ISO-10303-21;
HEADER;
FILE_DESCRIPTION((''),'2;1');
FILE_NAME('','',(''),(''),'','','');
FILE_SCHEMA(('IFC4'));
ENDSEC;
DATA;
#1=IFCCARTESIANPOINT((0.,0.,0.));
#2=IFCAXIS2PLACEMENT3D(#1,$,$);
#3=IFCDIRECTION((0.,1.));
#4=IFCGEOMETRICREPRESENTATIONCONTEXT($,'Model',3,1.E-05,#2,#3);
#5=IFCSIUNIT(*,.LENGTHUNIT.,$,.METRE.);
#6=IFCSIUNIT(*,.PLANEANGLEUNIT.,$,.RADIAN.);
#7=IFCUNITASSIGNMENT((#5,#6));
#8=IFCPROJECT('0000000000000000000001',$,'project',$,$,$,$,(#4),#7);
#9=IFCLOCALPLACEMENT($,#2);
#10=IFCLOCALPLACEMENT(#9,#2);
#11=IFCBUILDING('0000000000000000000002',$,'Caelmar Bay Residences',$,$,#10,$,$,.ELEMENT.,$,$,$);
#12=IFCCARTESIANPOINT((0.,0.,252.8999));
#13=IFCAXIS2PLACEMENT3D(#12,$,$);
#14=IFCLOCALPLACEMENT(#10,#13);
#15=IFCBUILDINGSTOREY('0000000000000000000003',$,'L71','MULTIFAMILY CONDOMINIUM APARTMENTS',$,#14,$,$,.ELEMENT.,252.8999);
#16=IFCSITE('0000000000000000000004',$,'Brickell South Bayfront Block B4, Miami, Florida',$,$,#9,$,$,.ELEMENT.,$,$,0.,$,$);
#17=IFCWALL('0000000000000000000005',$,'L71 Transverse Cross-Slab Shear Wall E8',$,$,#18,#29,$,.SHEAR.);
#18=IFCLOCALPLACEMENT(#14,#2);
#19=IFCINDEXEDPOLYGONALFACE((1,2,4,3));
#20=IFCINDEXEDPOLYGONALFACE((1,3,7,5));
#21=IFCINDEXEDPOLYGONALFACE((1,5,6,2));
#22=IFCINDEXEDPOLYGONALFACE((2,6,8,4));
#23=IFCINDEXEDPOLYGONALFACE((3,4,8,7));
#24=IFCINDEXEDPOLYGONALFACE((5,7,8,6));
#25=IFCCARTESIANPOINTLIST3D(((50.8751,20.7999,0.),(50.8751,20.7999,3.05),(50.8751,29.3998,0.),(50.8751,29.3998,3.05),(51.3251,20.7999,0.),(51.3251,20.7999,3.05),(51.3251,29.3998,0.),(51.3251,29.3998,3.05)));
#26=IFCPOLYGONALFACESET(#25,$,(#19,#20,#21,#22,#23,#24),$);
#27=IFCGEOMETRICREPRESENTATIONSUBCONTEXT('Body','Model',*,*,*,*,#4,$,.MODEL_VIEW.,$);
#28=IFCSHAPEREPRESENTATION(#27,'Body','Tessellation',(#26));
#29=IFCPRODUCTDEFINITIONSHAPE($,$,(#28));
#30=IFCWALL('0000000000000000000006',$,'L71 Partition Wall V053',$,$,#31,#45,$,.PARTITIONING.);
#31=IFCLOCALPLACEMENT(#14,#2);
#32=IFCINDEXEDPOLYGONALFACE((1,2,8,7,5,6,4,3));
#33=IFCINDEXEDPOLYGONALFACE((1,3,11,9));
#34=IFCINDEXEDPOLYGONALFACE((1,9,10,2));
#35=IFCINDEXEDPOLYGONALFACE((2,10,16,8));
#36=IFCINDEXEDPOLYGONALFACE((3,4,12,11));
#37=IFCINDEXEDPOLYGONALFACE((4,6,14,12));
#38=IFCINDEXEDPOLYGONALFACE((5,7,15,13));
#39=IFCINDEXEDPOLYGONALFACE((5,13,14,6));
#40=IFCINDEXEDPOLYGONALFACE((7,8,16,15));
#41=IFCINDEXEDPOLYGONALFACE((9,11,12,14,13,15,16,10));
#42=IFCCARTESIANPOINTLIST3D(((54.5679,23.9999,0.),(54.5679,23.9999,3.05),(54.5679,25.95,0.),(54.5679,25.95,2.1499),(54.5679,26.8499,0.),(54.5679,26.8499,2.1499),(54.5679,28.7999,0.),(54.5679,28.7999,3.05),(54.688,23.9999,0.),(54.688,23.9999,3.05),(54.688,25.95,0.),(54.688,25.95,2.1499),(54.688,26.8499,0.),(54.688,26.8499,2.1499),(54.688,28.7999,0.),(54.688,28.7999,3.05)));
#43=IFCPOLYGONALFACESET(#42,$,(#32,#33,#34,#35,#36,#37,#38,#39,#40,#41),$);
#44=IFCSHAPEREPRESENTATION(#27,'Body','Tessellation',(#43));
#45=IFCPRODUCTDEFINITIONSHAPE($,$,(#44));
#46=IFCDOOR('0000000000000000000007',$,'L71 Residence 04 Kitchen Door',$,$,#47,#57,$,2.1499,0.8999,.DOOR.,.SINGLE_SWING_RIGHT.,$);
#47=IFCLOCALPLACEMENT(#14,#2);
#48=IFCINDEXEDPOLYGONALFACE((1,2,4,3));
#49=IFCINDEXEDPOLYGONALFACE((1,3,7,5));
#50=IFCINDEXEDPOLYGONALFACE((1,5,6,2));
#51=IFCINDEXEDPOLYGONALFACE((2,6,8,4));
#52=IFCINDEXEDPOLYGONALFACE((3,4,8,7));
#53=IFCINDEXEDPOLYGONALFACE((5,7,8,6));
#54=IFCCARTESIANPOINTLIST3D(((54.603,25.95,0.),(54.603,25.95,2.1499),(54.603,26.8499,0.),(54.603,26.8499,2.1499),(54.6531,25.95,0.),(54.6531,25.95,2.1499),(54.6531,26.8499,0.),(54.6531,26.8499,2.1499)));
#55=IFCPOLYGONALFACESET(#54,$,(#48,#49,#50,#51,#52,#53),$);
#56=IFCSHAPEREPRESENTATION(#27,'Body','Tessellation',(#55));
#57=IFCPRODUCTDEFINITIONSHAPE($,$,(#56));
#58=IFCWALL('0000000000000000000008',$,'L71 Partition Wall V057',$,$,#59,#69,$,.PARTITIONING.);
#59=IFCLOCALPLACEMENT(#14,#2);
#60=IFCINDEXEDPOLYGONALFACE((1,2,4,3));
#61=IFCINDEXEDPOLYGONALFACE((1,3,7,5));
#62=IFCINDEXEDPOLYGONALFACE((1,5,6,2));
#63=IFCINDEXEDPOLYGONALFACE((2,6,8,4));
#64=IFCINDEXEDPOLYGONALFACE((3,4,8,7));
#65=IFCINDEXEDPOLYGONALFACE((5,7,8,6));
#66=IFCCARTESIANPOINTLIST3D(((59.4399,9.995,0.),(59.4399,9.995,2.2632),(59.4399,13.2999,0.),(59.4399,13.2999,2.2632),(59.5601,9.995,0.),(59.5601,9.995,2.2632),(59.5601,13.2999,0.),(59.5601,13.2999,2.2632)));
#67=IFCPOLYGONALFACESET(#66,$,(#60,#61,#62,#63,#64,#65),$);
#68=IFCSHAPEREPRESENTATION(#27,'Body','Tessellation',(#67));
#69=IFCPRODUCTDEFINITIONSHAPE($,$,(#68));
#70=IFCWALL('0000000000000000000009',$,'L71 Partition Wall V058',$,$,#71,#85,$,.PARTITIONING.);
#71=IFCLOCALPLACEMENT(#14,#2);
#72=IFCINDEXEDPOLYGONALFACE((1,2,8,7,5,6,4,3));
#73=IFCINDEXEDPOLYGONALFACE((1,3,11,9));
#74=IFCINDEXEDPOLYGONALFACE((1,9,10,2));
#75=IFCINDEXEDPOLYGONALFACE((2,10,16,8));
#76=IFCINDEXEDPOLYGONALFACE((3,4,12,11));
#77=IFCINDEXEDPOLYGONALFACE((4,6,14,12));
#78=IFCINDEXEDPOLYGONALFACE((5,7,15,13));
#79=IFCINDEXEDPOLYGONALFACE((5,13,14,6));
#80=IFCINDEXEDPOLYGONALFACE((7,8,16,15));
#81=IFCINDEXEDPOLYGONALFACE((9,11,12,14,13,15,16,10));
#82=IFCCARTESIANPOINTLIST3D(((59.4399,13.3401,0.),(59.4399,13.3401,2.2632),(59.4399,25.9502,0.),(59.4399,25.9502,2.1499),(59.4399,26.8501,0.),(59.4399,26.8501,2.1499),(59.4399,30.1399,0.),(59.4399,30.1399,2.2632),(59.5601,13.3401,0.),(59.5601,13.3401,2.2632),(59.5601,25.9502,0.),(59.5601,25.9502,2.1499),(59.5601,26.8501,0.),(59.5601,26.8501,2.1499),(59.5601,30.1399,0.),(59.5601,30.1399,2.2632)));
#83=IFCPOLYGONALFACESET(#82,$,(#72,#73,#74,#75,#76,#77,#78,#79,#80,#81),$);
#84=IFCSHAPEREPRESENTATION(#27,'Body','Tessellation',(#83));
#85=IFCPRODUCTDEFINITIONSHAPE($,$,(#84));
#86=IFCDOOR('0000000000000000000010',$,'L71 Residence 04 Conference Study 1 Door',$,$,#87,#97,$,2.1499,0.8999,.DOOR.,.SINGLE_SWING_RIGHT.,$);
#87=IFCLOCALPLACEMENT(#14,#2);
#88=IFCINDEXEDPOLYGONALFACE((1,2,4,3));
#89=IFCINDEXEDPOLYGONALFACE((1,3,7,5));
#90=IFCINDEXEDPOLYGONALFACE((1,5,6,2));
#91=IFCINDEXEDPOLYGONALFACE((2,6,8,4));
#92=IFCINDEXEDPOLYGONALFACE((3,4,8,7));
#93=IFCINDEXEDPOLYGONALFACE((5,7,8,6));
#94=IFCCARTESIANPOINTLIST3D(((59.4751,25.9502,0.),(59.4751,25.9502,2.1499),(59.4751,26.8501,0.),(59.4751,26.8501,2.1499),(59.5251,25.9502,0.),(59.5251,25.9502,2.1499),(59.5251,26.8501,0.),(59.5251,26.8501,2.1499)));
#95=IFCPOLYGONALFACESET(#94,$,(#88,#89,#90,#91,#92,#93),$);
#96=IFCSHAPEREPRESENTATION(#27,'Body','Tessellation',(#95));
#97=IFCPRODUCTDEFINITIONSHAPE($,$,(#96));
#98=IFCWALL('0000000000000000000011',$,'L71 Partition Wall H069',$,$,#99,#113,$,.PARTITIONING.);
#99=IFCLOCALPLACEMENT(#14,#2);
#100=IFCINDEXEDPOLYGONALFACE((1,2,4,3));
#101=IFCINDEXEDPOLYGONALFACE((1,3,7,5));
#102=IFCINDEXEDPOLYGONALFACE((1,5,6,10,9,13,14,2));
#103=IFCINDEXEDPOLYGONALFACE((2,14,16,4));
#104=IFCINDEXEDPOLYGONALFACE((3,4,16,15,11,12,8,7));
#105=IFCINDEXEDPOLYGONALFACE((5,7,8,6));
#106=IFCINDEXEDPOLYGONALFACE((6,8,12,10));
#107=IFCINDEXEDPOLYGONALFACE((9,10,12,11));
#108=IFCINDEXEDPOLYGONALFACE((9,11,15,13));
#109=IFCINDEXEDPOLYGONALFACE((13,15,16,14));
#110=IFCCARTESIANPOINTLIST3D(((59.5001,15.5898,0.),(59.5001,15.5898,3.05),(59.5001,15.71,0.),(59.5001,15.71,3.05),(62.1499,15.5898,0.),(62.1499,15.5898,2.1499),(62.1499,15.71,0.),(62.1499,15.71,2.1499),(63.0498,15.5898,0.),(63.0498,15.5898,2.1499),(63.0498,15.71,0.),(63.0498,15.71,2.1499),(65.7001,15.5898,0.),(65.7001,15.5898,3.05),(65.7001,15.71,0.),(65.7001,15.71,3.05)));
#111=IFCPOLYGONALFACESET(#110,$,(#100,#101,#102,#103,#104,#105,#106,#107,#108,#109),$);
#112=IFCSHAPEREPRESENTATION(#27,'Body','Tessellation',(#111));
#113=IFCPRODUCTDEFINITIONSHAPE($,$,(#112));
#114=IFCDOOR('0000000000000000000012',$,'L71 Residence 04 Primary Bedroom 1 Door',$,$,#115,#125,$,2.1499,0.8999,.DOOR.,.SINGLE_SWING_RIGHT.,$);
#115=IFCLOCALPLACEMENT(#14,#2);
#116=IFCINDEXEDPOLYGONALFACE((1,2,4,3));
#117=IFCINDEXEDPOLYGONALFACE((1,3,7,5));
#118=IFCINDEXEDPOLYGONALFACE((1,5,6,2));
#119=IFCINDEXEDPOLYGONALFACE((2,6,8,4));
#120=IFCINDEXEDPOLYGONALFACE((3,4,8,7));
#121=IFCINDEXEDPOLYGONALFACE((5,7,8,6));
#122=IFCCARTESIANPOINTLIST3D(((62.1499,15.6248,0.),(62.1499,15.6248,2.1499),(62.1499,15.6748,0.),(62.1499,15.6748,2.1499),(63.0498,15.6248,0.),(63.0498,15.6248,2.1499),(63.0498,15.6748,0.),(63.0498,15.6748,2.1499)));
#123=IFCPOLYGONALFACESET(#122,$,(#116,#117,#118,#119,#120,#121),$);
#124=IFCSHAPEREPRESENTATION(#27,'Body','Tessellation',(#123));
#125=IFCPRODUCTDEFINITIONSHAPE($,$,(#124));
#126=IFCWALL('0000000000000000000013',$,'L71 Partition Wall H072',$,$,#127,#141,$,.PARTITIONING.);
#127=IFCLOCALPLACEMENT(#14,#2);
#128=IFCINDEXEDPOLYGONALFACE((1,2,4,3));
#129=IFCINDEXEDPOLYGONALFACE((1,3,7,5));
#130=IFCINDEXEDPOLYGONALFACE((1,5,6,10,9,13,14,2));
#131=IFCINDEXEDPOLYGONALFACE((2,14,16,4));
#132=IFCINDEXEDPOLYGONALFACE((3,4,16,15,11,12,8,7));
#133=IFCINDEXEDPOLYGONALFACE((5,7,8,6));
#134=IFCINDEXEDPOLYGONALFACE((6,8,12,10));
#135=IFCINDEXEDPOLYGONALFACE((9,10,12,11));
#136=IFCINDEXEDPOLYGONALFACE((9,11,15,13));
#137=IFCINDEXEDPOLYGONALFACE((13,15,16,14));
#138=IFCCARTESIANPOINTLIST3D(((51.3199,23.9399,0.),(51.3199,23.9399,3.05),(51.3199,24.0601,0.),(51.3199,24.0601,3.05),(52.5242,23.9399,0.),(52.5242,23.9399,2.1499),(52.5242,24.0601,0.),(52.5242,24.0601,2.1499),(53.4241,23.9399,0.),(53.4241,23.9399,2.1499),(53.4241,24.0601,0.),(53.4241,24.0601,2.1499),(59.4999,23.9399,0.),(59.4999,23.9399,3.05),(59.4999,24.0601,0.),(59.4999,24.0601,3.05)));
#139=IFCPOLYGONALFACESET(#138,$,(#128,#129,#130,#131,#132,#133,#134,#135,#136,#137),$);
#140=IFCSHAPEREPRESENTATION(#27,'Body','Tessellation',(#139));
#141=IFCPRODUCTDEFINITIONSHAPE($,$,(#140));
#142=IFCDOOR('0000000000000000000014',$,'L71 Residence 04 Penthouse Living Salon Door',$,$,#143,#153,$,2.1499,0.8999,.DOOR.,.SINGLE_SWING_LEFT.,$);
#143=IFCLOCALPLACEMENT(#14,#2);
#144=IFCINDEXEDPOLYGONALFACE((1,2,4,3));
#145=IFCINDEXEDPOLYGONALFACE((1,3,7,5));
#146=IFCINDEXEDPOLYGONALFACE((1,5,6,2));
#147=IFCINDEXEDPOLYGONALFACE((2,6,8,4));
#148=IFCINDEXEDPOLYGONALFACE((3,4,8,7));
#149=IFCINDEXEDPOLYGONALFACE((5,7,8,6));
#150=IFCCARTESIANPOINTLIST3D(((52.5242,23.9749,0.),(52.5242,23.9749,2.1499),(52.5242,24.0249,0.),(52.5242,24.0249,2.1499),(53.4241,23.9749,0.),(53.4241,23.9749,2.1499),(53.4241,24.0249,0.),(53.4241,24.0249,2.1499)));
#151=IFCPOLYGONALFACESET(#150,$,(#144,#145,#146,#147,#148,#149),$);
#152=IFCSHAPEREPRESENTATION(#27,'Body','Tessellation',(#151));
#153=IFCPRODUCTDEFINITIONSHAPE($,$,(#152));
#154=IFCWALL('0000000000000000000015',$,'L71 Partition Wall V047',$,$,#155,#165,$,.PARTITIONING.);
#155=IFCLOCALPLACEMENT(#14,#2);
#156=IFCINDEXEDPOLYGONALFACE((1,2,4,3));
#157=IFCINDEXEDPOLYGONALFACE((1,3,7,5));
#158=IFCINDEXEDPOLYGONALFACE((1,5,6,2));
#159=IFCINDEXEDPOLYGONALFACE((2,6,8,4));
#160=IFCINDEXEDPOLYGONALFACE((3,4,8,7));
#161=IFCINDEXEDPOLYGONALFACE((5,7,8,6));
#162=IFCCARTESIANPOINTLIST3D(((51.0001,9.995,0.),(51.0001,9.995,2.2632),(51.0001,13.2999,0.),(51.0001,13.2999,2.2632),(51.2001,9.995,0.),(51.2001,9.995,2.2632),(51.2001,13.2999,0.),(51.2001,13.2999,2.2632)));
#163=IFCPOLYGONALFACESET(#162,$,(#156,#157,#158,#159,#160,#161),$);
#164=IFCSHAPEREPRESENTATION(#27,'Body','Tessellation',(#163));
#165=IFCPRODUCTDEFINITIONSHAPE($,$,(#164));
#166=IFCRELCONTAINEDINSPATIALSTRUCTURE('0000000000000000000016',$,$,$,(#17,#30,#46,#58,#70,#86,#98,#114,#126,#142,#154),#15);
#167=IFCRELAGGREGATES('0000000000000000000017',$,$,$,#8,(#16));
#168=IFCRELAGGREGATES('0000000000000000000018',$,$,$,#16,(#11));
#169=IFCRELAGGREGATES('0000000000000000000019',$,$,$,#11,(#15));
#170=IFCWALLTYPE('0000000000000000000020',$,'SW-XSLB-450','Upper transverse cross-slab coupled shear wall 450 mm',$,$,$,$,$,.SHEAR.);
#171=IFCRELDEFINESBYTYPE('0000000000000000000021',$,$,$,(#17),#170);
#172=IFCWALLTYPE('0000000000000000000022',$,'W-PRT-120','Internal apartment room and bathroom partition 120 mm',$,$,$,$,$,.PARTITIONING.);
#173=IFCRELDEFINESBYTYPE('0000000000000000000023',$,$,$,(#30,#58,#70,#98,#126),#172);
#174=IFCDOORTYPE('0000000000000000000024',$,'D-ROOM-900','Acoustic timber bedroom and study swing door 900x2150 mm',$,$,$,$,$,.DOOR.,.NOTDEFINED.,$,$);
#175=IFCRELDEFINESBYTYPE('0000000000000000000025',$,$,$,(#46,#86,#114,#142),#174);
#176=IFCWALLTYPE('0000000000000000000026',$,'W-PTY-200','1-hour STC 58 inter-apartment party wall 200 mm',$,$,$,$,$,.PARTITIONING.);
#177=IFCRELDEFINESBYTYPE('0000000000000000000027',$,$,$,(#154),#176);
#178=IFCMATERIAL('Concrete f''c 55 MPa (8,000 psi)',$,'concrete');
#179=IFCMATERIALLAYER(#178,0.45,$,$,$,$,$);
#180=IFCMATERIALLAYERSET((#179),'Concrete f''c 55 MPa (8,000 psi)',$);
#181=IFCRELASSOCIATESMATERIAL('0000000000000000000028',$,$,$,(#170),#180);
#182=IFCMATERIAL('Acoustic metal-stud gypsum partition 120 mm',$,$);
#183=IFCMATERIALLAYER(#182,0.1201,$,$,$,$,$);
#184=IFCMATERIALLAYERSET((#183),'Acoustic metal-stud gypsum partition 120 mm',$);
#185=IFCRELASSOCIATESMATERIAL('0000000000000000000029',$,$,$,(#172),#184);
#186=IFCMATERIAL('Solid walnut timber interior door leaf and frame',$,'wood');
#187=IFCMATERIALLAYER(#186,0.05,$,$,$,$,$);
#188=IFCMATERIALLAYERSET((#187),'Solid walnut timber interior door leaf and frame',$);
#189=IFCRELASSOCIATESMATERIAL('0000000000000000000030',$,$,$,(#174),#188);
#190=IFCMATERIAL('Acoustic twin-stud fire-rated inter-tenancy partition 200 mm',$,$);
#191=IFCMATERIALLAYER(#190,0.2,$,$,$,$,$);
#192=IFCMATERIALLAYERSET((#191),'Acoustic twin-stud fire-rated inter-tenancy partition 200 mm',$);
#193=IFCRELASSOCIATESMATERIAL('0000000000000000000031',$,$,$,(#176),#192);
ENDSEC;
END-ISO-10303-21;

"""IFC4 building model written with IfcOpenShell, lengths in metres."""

from ifc_helpers import new_model, si_unit, direction, frame, frame_2d, origin, place, context, subcontext, project, spatial, rectangle, extrude, material, layer, layer_set, type_object, element, fill, save


model = new_model("IFC4")

# Units and contexts
model_context = context("Model", 3, precision=1e-05, world=origin(), true_north=direction((0.0, 1.0)))
body_context = subcontext(model_context, "Body", "Model", "MODEL_VIEW")
ifc_project = project(units=[si_unit("LENGTHUNIT", "METRE"), si_unit("PLANEANGLEUNIT", "RADIAN")], contexts=[model_context])

# Site, building, storey
site_placement = place(None, origin())
site = spatial("IfcSite", under=ifc_project, at=site_placement, Name="Brickell South Bayfront Block B4, Miami, Florida", CompositionType="ELEMENT", RefElevation=0.0)
building_placement = place(site_placement, origin())
building = spatial("IfcBuilding", under=site, at=building_placement, Name="Caelmar Bay Residences", CompositionType="ELEMENT")
storey_placement = place(building_placement, frame((0.0, 0.0, 252.8999)))
storey = spatial("IfcBuildingStorey", under=building, at=storey_placement, Name="L71", Description="MULTIFAMILY CONDOMINIUM APARTMENTS", CompositionType="ELEMENT", Elevation=252.8999)

# Shared definitions
ifc_material_1 = material(Name="Concrete f'c 55 MPa (8,000 psi)", Category="concrete")

# Wall
ifc_layer_1 = layer(ifc_material_1, 0.45)
ifc_layer_set_1 = layer_set([ifc_layer_1], Name="Concrete f'c 55 MPa (8,000 psi)")
wall_type_1 = type_object("IfcWallType", Name="SW-XSLB-450", Description="Upper transverse cross-slab coupled shear wall 450 mm", PredefinedType="SHEAR", material=ifc_layer_set_1)
wall_1_placement = place(storey_placement, frame((51.1001, 20.8, 0.0), z_axis=(0.0, 0.0, 1.0), x_axis=(0.0, 1.0, 0.0)))
element("IfcWall", 1, at=wall_1_placement, inside=storey, type_object=wall_type_1, Name="L71 Transverse Cross-Slab Shear Wall E8", PredefinedType="SHEAR", context=body_context, shape_type="SweptSolid", body=[
    extrude(rectangle(XDim=8.5999, YDim=0.45, at=frame_2d((4.2998, 0.0))), origin(), (0.0, 0.0, 1.0), 3.05),
])

# Wall, opening, door
ifc_material_2 = material(Name="Acoustic metal-stud gypsum partition 120 mm")
ifc_layer_2 = layer(ifc_material_2, 0.1201)
ifc_layer_set_2 = layer_set([ifc_layer_2], Name="Acoustic metal-stud gypsum partition 120 mm")
wall_type_2 = type_object("IfcWallType", Name="W-PRT-120", Description="Internal apartment room and bathroom partition 120 mm", PredefinedType="PARTITIONING", material=ifc_layer_set_2)
wall_2_placement = place(storey_placement, frame((54.6279, 24.0, 0.0), z_axis=(0.0, 0.0, 1.0), x_axis=(0.0, 1.0, 0.0)))
wall_2 = element("IfcWall", 2, at=wall_2_placement, inside=storey, type_object=wall_type_2, Name="L71 Partition Wall V053", PredefinedType="PARTITIONING", context=body_context, shape_type="SweptSolid", body=[
    extrude(rectangle(XDim=4.8, YDim=0.1201, at=frame_2d((2.3999, 0.0))), origin(), (0.0, 0.0, 1.0), 3.05),
])
opening_1_placement = place(wall_2_placement, frame((1.95, 0.0, 0.0)))
opening_1 = element("IfcOpeningElement", 3, at=opening_1_placement, cuts=wall_2, PredefinedType="OPENING", context=body_context, shape_type="SweptSolid", body=[
    extrude(rectangle(XDim=0.8999, YDim=2.1499, at=frame_2d((0.45, 1.075))), frame((0.0, 0.0701, 0.0), z_axis=(0.0, -1.0, 0.0), x_axis=(1.0, 0.0, 0.0)), (0.0, 0.0, 1.0), 0.1401),
])
ifc_material_3 = material(Name="Solid walnut timber interior door leaf and frame", Category="wood")
ifc_layer_3 = layer(ifc_material_3, 0.05)
ifc_layer_set_3 = layer_set([ifc_layer_3], Name="Solid walnut timber interior door leaf and frame")
door_type = type_object("IfcDoorType", Name="D-ROOM-900", Description="Acoustic timber bedroom and study swing door 900x2150 mm", OperationType="NOTDEFINED", PredefinedType="DOOR", material=ifc_layer_set_3)
door_1_placement = place(opening_1_placement, origin())
door_1 = element("IfcDoor", 4, at=door_1_placement, inside=storey, type_object=door_type, Name="L71 Residence 04 Kitchen Door", OperationType="SINGLE_SWING_RIGHT", OverallHeight=2.1499, OverallWidth=0.8999, PredefinedType="DOOR", context=body_context, shape_type="SweptSolid", body=[
    extrude(rectangle(XDim=0.8999, YDim=2.1499, at=frame_2d((0.45, 1.075))), frame((0.0, 0.0249, 0.0), z_axis=(0.0, -1.0, 0.0), x_axis=(1.0, 0.0, 0.0)), (0.0, 0.0, 1.0), 0.05),
])
fill(opening_1, door_1)

# Wall
wall_3_placement = place(storey_placement, frame((59.5, 9.9951, 0.0), z_axis=(0.0, 0.0, 1.0), x_axis=(0.0, 1.0, 0.0)))
element("IfcWall", 5, at=wall_3_placement, inside=storey, type_object=wall_type_2, Name="L71 Partition Wall V057", PredefinedType="PARTITIONING", context=body_context, shape_type="SweptSolid", body=[
    extrude(rectangle(XDim=3.3049, YDim=0.1201, at=frame_2d((1.6523, 0.0))), origin(), (0.0, 0.0, 1.0), 2.2632),
])

# Walls, openings, doors
wall_4_placement = place(storey_placement, frame((59.5, 13.3401, 0.0), z_axis=(0.0, 0.0, 1.0), x_axis=(0.0, 1.0, 0.0)))
wall_4 = element("IfcWall", 6, at=wall_4_placement, inside=storey, type_object=wall_type_2, Name="L71 Partition Wall V058", PredefinedType="PARTITIONING", context=body_context, shape_type="SweptSolid", body=[
    extrude(rectangle(XDim=16.7998, YDim=0.1201, at=frame_2d((8.3999, 0.0))), origin(), (0.0, 0.0, 1.0), 2.2632),
])
opening_2_placement = place(wall_4_placement, frame((12.6101, 0.0, 0.0)))
opening_2 = element("IfcOpeningElement", 7, at=opening_2_placement, cuts=wall_4, PredefinedType="OPENING", context=body_context, shape_type="SweptSolid", body=[
    extrude(rectangle(XDim=0.8999, YDim=2.1499, at=frame_2d((0.45, 1.075))), frame((0.0, 0.0701, 0.0), z_axis=(0.0, -1.0, 0.0), x_axis=(1.0, 0.0, 0.0)), (0.0, 0.0, 1.0), 0.1401),
])
door_2_placement = place(opening_2_placement, origin())
door_2 = element("IfcDoor", 8, at=door_2_placement, inside=storey, type_object=door_type, Name="L71 Residence 04 Conference Study 1 Door", OperationType="SINGLE_SWING_RIGHT", OverallHeight=2.1499, OverallWidth=0.8999, PredefinedType="DOOR", context=body_context, shape_type="SweptSolid", body=[
    extrude(rectangle(XDim=0.8999, YDim=2.1499, at=frame_2d((0.45, 1.075))), frame((0.0, 0.0249, 0.0), z_axis=(0.0, -1.0, 0.0), x_axis=(1.0, 0.0, 0.0)), (0.0, 0.0, 1.0), 0.05),
])
fill(opening_2, door_2)
wall_5_placement = place(storey_placement, frame((59.5, 15.6499, 0.0), z_axis=(0.0, 0.0, 1.0), x_axis=(1.0, 0.0, 0.0)))
wall_5 = element("IfcWall", 9, at=wall_5_placement, inside=storey, type_object=wall_type_2, Name="L71 Partition Wall H069", PredefinedType="PARTITIONING", context=body_context, shape_type="SweptSolid", body=[
    extrude(rectangle(XDim=6.2, YDim=0.1201, at=frame_2d((3.1001, 0.0))), origin(), (0.0, 0.0, 1.0), 3.05),
])
opening_3_placement = place(wall_5_placement, frame((2.6499, 0.0, 0.0)))
opening_3 = element("IfcOpeningElement", 10, at=opening_3_placement, cuts=wall_5, PredefinedType="OPENING", context=body_context, shape_type="SweptSolid", body=[
    extrude(rectangle(XDim=0.8999, YDim=2.1499, at=frame_2d((0.45, 1.075))), frame((0.0, 0.0701, 0.0), z_axis=(0.0, -1.0, 0.0), x_axis=(1.0, 0.0, 0.0)), (0.0, 0.0, 1.0), 0.1401),
])
door_3_placement = place(opening_3_placement, origin())
door_3 = element("IfcDoor", 11, at=door_3_placement, inside=storey, type_object=door_type, Name="L71 Residence 04 Primary Bedroom 1 Door", OperationType="SINGLE_SWING_RIGHT", OverallHeight=2.1499, OverallWidth=0.8999, PredefinedType="DOOR", context=body_context, shape_type="SweptSolid", body=[
    extrude(rectangle(XDim=0.8999, YDim=2.1499, at=frame_2d((0.45, 1.075))), frame((0.0, 0.0249, 0.0), z_axis=(0.0, -1.0, 0.0), x_axis=(1.0, 0.0, 0.0)), (0.0, 0.0, 1.0), 0.05),
])
fill(opening_3, door_3)
wall_6_placement = place(storey_placement, frame((51.3201, 24.0, 0.0), z_axis=(0.0, 0.0, 1.0), x_axis=(1.0, 0.0, 0.0)))
wall_6 = element("IfcWall", 12, at=wall_6_placement, inside=storey, type_object=wall_type_2, Name="L71 Partition Wall H072", PredefinedType="PARTITIONING", context=body_context, shape_type="SweptSolid", body=[
    extrude(rectangle(XDim=8.1799, YDim=0.1201, at=frame_2d((4.0898, 0.0))), origin(), (0.0, 0.0, 1.0), 3.05),
])
opening_4_placement = place(wall_6_placement, frame((1.2041, 0.0, 0.0)))
opening_4 = element("IfcOpeningElement", 13, at=opening_4_placement, cuts=wall_6, PredefinedType="OPENING", context=body_context, shape_type="SweptSolid", body=[
    extrude(rectangle(XDim=0.8999, YDim=2.1499, at=frame_2d((0.45, 1.075))), frame((0.0, 0.0701, 0.0), z_axis=(0.0, -1.0, 0.0), x_axis=(1.0, 0.0, 0.0)), (0.0, 0.0, 1.0), 0.1401),
])
door_4_placement = place(opening_4_placement, origin())
door_4 = element("IfcDoor", 14, at=door_4_placement, inside=storey, type_object=door_type, Name="L71 Residence 04 Penthouse Living Salon Door", OperationType="SINGLE_SWING_LEFT", OverallHeight=2.1499, OverallWidth=0.8999, PredefinedType="DOOR", context=body_context, shape_type="SweptSolid", body=[
    extrude(rectangle(XDim=0.8999, YDim=2.1499, at=frame_2d((0.45, 1.075))), frame((0.0, 0.0249, 0.0), z_axis=(0.0, -1.0, 0.0), x_axis=(1.0, 0.0, 0.0)), (0.0, 0.0, 1.0), 0.05),
])
fill(opening_4, door_4)

# Wall
ifc_material_4 = material(Name="Acoustic twin-stud fire-rated inter-tenancy partition 200 mm")
ifc_layer_4 = layer(ifc_material_4, 0.2)
ifc_layer_set_4 = layer_set([ifc_layer_4], Name="Acoustic twin-stud fire-rated inter-tenancy partition 200 mm")
wall_type_3 = type_object("IfcWallType", Name="W-PTY-200", Description="1-hour STC 58 inter-apartment party wall 200 mm", PredefinedType="PARTITIONING", material=ifc_layer_set_4)
wall_7_placement = place(storey_placement, frame((51.1001, 9.9951, 0.0), z_axis=(0.0, 0.0, 1.0), x_axis=(0.0, 1.0, 0.0)))
element("IfcWall", 15, at=wall_7_placement, inside=storey, type_object=wall_type_3, Name="L71 Partition Wall V047", PredefinedType="PARTITIONING", context=body_context, shape_type="SweptSolid", body=[
    extrude(rectangle(XDim=3.3049, YDim=0.2, at=frame_2d((1.6523, 0.0))), origin(), (0.0, 0.0, 1.0), 2.2632),
])

save(model, "model.ifc")
